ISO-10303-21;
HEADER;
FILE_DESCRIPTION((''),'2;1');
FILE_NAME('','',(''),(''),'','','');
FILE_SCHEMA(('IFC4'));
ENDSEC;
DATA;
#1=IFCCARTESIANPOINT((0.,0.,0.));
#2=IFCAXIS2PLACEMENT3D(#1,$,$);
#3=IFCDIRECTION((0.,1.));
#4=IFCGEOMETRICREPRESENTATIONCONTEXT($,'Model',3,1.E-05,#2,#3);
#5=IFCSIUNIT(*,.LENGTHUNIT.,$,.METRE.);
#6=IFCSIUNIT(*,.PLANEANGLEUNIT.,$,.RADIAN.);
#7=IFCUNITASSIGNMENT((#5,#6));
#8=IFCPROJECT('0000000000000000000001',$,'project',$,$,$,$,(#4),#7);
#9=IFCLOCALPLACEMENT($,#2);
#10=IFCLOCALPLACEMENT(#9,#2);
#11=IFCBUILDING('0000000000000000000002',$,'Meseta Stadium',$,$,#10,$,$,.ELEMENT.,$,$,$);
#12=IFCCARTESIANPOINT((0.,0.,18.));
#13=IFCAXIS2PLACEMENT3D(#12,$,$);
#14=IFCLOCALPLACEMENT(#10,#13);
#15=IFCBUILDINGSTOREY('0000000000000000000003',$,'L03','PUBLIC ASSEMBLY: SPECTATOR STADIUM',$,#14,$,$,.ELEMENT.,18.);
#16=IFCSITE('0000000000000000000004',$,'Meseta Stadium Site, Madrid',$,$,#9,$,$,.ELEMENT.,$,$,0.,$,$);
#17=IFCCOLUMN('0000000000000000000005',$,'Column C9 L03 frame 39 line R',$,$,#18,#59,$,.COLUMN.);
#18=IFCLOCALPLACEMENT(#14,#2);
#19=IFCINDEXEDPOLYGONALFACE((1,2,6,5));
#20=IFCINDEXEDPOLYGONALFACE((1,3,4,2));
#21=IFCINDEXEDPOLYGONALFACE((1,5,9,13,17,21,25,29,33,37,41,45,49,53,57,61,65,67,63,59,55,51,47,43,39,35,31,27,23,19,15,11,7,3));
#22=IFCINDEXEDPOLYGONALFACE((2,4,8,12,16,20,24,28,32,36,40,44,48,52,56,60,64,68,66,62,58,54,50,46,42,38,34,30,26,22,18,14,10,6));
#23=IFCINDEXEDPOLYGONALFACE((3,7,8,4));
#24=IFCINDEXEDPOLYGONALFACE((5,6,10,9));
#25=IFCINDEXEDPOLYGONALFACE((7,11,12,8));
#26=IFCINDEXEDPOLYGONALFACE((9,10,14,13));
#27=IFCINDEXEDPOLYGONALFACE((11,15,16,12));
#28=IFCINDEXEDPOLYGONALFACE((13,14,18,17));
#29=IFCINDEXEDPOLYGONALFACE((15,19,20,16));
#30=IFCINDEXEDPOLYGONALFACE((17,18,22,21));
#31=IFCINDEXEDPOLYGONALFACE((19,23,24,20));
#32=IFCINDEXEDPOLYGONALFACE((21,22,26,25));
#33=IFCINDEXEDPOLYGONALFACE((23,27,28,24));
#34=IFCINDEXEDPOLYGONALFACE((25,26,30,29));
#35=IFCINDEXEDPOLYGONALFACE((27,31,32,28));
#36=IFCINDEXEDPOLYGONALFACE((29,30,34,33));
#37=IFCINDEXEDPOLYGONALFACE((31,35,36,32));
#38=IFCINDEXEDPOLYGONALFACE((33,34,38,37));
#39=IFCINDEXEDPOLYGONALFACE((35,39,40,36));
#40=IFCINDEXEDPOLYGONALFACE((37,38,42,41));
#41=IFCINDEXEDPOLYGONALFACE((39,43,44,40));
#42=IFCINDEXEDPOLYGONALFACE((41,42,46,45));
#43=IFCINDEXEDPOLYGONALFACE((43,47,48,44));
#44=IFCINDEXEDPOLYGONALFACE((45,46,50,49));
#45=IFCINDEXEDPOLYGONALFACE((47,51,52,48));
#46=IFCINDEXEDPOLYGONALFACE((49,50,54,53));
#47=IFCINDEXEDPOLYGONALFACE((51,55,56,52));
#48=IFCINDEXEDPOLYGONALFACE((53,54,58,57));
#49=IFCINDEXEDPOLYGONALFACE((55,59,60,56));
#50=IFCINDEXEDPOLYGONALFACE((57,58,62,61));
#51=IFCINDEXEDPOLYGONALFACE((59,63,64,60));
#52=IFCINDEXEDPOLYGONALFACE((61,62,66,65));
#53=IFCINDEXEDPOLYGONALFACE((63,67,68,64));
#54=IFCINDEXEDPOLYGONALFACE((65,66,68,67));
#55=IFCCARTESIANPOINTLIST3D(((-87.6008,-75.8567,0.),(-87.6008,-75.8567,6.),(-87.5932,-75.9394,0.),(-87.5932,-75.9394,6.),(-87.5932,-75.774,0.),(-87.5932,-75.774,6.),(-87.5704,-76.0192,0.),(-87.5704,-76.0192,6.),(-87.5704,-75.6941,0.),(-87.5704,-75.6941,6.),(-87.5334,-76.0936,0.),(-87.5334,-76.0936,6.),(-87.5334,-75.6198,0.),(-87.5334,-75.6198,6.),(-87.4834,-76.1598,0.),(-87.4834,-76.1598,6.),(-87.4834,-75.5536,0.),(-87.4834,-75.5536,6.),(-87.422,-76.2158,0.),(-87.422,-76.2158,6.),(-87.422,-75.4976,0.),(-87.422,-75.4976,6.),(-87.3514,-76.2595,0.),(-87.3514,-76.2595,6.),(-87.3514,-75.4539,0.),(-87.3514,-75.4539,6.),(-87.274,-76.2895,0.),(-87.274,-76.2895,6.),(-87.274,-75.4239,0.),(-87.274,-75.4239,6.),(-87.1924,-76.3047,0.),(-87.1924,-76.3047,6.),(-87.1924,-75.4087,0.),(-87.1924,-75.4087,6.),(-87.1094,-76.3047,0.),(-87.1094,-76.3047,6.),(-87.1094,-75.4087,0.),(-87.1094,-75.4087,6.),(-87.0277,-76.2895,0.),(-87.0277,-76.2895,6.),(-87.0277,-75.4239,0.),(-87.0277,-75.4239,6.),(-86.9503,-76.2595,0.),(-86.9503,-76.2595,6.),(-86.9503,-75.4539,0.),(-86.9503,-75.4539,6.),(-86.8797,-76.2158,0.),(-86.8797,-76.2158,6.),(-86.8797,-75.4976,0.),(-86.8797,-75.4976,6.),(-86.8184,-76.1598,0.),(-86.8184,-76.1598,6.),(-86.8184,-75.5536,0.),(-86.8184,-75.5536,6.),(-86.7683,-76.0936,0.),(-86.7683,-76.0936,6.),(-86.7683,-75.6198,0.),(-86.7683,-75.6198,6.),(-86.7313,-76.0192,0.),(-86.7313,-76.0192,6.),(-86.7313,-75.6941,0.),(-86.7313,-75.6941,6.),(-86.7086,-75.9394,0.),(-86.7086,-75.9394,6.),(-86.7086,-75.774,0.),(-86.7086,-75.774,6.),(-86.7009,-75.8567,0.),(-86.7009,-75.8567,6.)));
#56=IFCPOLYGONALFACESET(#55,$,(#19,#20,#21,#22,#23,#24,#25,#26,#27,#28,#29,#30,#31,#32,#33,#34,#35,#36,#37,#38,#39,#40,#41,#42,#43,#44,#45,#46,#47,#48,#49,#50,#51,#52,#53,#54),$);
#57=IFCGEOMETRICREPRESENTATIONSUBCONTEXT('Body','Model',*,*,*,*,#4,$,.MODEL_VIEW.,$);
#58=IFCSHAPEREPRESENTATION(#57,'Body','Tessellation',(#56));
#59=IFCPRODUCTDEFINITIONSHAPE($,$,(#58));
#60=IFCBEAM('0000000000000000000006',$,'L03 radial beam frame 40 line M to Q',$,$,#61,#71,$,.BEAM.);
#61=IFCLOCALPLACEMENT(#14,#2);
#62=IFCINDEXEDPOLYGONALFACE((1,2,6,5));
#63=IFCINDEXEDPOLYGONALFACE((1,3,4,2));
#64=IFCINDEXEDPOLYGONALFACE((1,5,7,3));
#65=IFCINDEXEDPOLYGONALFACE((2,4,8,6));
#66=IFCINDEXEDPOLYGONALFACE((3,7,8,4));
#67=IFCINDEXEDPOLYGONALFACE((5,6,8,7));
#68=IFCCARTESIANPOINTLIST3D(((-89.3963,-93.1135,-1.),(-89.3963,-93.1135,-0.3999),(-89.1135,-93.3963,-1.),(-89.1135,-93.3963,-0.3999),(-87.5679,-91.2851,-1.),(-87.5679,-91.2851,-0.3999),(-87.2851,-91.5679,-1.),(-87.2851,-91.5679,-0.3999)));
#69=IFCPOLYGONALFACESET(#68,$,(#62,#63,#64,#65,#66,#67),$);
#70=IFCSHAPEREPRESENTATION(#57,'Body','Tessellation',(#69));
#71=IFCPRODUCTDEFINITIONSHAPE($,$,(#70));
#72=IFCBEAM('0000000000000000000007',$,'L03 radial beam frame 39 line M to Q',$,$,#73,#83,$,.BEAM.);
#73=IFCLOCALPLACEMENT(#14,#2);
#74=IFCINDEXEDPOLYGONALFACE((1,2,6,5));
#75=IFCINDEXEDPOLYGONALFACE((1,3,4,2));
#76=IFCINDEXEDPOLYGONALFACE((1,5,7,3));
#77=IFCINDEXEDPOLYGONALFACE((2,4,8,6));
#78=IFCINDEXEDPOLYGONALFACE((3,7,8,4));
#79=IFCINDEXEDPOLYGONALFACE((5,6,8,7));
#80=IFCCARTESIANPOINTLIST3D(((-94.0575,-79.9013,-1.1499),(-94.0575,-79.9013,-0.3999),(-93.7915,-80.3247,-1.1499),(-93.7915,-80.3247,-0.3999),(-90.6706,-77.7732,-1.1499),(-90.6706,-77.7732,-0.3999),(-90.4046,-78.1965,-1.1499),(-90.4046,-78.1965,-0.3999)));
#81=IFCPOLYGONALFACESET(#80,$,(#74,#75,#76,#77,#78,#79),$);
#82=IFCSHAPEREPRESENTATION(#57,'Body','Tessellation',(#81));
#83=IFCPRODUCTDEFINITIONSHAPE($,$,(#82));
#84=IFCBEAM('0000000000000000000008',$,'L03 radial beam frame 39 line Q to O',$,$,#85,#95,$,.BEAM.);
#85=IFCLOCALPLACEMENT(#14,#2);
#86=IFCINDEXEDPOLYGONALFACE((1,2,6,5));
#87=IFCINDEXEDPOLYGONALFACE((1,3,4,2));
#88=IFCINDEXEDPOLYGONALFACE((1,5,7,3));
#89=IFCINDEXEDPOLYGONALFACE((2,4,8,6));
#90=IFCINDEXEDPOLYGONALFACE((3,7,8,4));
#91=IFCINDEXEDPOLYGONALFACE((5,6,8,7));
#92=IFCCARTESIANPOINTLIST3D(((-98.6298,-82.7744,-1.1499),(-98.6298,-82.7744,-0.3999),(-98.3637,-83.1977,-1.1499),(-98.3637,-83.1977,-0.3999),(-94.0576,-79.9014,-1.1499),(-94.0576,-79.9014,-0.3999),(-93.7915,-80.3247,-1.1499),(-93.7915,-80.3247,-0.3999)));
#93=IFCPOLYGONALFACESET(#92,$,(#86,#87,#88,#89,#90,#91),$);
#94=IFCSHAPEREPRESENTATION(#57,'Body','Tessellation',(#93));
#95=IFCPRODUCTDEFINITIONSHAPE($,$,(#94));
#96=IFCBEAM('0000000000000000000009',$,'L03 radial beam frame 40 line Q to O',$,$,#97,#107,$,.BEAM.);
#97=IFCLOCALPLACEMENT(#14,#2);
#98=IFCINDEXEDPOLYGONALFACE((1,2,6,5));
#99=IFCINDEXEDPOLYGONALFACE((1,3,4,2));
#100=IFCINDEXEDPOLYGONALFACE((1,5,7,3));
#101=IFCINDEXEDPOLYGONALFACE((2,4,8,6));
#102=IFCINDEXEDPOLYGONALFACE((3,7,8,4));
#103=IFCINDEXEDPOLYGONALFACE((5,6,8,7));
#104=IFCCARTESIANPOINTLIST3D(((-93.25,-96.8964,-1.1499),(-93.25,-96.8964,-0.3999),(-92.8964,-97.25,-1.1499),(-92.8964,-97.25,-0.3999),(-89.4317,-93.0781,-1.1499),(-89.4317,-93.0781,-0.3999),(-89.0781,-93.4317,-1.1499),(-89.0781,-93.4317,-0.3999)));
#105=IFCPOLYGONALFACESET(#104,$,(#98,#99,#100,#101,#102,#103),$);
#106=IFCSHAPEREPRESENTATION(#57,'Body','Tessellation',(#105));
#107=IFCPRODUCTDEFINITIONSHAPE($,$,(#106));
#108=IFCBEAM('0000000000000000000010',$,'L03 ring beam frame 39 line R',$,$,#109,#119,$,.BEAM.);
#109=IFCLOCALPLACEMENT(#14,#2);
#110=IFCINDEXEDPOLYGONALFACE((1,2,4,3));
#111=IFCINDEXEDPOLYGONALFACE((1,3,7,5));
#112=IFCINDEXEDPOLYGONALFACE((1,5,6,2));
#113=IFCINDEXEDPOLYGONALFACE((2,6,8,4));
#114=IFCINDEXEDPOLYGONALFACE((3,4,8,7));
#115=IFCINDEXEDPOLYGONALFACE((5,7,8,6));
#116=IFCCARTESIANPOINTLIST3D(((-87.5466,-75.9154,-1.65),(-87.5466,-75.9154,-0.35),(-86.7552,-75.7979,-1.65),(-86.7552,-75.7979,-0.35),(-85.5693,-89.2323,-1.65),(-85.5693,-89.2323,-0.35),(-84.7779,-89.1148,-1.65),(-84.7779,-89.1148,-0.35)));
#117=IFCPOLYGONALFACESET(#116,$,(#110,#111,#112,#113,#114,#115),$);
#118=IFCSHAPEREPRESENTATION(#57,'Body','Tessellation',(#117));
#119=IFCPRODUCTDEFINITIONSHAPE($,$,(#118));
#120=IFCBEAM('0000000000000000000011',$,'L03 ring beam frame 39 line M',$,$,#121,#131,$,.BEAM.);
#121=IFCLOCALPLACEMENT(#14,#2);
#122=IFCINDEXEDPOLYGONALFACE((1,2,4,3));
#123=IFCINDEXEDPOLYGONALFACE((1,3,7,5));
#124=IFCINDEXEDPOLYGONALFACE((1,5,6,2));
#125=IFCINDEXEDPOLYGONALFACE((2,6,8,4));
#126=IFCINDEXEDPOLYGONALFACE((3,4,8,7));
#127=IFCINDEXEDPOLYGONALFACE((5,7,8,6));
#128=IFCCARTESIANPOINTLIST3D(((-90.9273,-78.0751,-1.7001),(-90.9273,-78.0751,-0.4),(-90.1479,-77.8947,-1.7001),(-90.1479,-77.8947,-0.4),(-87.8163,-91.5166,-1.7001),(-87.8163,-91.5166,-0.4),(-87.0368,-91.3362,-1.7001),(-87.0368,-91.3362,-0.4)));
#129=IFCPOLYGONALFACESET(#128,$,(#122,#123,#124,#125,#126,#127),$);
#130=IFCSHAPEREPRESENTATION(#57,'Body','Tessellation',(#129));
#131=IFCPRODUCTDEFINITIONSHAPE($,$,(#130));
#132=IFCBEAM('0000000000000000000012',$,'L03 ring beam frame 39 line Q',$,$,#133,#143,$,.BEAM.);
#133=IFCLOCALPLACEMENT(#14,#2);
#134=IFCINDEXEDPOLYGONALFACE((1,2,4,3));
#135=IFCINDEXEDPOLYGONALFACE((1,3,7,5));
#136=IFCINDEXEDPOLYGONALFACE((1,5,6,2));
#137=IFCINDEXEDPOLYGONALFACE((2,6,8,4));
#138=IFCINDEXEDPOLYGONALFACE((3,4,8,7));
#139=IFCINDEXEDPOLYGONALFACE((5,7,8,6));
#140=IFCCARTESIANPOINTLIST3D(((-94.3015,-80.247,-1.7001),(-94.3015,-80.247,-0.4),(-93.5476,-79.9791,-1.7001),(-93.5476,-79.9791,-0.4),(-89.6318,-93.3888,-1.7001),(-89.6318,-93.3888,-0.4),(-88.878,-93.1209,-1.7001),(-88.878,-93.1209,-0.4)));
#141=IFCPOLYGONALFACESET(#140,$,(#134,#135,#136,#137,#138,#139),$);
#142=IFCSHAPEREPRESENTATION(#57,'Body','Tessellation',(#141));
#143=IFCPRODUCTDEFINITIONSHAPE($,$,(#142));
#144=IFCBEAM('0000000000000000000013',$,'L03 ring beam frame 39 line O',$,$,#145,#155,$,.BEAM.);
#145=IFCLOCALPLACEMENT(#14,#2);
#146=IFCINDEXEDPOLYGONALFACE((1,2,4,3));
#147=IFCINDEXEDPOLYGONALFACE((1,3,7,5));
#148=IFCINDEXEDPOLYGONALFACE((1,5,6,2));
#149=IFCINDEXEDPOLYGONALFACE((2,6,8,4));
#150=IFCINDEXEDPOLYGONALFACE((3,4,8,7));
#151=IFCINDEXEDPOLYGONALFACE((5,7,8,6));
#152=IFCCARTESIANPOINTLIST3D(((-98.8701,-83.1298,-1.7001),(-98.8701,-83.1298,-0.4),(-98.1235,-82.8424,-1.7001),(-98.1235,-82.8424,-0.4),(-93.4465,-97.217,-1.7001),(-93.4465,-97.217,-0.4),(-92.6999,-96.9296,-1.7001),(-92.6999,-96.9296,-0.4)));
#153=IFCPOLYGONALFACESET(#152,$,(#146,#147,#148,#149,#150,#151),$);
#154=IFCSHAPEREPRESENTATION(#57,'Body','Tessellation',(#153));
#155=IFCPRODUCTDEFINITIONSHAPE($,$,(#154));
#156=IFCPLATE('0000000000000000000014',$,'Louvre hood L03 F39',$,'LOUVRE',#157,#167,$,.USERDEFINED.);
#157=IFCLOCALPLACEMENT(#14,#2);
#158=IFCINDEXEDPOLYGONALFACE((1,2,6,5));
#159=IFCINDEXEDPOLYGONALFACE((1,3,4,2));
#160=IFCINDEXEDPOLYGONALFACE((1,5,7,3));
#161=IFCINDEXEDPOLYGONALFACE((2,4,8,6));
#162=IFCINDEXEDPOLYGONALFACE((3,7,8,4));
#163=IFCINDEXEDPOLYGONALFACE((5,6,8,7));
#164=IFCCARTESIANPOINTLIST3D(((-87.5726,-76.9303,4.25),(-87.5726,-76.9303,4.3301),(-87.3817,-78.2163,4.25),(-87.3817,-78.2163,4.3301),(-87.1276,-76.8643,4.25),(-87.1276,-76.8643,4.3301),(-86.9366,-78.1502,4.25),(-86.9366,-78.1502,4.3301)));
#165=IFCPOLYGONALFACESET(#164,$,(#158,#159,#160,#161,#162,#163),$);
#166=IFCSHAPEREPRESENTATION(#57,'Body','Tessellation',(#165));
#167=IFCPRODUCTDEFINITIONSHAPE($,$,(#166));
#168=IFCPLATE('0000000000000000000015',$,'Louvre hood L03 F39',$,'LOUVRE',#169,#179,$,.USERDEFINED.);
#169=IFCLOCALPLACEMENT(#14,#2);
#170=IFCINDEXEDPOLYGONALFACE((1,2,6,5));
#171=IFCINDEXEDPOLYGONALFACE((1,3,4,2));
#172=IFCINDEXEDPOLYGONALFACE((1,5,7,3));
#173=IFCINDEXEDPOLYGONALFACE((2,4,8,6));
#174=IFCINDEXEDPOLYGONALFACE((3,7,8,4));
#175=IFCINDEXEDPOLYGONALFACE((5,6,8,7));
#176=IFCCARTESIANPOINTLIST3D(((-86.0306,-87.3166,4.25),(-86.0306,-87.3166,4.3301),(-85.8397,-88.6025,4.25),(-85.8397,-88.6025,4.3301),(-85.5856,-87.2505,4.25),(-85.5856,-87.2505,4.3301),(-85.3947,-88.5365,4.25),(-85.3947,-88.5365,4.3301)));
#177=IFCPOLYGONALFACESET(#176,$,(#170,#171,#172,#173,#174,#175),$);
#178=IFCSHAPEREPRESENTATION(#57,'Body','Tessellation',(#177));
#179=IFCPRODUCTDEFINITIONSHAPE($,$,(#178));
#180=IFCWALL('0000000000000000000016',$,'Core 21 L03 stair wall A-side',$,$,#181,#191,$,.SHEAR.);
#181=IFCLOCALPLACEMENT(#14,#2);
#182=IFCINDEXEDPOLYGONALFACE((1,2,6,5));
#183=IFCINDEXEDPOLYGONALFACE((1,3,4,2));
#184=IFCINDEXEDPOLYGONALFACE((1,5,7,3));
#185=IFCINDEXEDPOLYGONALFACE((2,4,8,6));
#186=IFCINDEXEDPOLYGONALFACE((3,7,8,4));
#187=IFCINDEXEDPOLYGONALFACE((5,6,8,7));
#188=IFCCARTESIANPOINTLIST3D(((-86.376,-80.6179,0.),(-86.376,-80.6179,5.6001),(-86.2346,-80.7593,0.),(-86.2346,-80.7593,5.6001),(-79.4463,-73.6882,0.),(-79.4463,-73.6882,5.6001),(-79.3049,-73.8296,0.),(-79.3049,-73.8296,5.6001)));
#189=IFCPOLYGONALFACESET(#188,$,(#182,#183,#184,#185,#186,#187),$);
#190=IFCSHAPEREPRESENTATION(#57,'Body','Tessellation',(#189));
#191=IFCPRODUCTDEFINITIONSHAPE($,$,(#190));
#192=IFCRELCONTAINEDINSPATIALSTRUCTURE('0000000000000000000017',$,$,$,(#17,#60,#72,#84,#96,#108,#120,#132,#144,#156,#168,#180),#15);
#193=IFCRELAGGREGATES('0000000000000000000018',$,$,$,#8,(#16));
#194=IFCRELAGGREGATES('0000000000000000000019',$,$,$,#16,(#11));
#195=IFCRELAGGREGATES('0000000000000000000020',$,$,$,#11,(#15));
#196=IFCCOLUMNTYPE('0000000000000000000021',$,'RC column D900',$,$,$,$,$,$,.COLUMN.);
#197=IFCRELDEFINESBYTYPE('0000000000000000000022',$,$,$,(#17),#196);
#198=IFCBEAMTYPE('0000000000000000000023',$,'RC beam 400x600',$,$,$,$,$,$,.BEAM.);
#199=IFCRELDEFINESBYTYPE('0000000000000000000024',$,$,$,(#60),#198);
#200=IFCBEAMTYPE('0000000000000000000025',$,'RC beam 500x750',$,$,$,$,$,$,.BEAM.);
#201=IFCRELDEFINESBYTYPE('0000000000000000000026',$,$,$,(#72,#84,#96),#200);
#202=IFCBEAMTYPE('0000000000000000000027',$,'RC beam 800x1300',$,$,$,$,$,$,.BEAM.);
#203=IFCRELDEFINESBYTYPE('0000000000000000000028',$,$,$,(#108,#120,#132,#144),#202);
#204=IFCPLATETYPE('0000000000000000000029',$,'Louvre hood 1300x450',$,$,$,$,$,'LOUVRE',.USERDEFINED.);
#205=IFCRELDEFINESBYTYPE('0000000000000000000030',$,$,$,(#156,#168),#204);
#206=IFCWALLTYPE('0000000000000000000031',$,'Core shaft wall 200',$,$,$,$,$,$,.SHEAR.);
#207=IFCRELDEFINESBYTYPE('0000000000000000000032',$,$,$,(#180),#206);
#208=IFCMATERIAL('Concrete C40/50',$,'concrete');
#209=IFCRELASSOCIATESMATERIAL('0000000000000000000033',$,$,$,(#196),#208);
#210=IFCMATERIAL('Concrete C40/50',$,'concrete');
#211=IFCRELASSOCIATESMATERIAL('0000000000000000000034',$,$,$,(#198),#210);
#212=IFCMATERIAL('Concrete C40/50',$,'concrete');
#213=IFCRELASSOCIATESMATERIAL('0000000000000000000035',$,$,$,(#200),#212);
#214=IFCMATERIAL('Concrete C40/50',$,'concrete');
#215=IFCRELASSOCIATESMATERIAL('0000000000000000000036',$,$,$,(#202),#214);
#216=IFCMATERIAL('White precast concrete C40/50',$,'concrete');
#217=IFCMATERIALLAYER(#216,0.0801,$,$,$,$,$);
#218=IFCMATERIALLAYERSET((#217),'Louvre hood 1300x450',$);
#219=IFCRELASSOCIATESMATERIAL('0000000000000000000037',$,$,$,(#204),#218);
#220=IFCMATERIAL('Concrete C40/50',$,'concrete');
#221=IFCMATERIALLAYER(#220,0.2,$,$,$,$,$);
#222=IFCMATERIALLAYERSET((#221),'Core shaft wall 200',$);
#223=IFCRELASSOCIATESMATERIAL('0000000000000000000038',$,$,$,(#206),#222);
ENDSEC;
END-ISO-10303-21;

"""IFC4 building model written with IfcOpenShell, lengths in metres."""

from ifc_helpers import new_model, si_unit, direction, frame, frame_2d, origin, origin_2d, place, context, subcontext, project, spatial, rectangle, circle, extrude, material, layer, layer_set, material_profile, profile_set, type_object, element, save


model = new_model("IFC4")

# Units and contexts
model_context = context("Model", 3, precision=1e-05, world=origin(), true_north=direction((0.0, 1.0)))
body_context = subcontext(model_context, "Body", "Model", "MODEL_VIEW")
ifc_project = project(units=[si_unit("LENGTHUNIT", "METRE"), si_unit("PLANEANGLEUNIT", "RADIAN")], contexts=[model_context])

# Site, building, storey
site_placement = place(None, origin())
site = spatial("IfcSite", under=ifc_project, at=site_placement, Name="Meseta Stadium Site, Madrid", CompositionType="ELEMENT", RefElevation=0.0)
building_placement = place(site_placement, origin())
building = spatial("IfcBuilding", under=site, at=building_placement, Name="Meseta Stadium", CompositionType="ELEMENT")
storey_placement = place(building_placement, frame((0.0, 0.0, 18.0)))
storey = spatial("IfcBuildingStorey", under=building, at=storey_placement, Name="L03", Description="PUBLIC ASSEMBLY: SPECTATOR STADIUM", CompositionType="ELEMENT", Elevation=18.0)

# Column
ifc_material_1 = material(Name="Concrete C40/50", Category="concrete")
ifc_material_profile_1 = material_profile(ifc_material_1, circle(Radius=0.45, at=origin_2d()), Name="RC D900")
ifc_profile_set_1 = profile_set([ifc_material_profile_1], Name="Concrete C40/50")
column_type = type_object("IfcColumnType", Name="RC column D900", PredefinedType="COLUMN", material=ifc_profile_set_1)
column_placement = place(storey_placement, frame((-87.1509, -75.8567, 0.0), z_axis=(0.0, 0.0, 1.0), x_axis=(1.0, 0.0, 0.0)))
element("IfcColumn", 1, at=column_placement, inside=storey, type_object=column_type, Name="Column C9 L03 frame 39 line R", PredefinedType="COLUMN", context=body_context, shape_type="SweptSolid", body=[
    extrude(circle(Radius=0.45, at=origin_2d()), origin(), (0.0, 0.0, 1.0), 6.0),
])

# Beams
ifc_material_2 = material(Name="Concrete C40/50", Category="concrete")
ifc_material_profile_2 = material_profile(ifc_material_2, rectangle(XDim=0.3999, YDim=0.6001, at=origin_2d()), Name="RC 400x600")
ifc_profile_set_2 = profile_set([ifc_material_profile_2], Name="Concrete C40/50")
beam_type_1 = type_object("IfcBeamType", Name="RC beam 400x600", PredefinedType="BEAM", material=ifc_profile_set_2)
beam_1_placement = place(storey_placement, frame((-87.4265, -91.4265, -0.7), z_axis=(-0.707107, -0.707107, 0.0), x_axis=(0.707107, -0.707107, 0.0)))
element("IfcBeam", 2, at=beam_1_placement, inside=storey, type_object=beam_type_1, Name="L03 radial beam frame 40 line M to Q", PredefinedType="BEAM", context=body_context, shape_type="SweptSolid", body=[
    extrude(rectangle(XDim=0.3999, YDim=0.6001, at=origin_2d()), origin(), (0.0, 0.0, 1.0), 2.5857),
])
ifc_material_3 = material(Name="Concrete C40/50", Category="concrete")
ifc_material_profile_3 = material_profile(ifc_material_3, rectangle(XDim=0.5, YDim=0.75, at=origin_2d()), Name="RC 500x750")
ifc_profile_set_3 = profile_set([ifc_material_profile_3], Name="Concrete C40/50")
beam_type_2 = type_object("IfcBeamType", Name="RC beam 500x750", PredefinedType="BEAM", material=ifc_profile_set_3)
beam_2_placement = place(storey_placement, frame((-90.5376, -77.9849, -0.7749), z_axis=(-0.846724, -0.532033, 0.0), x_axis=(0.532033, -0.846724, 0.0)))
element("IfcBeam", 3, at=beam_2_placement, inside=storey, type_object=beam_type_2, Name="L03 radial beam frame 39 line M to Q", PredefinedType="BEAM", context=body_context, shape_type="SweptSolid", body=[
    extrude(rectangle(XDim=0.5, YDim=0.75, at=origin_2d()), origin(), (0.0, 0.0, 1.0), 4.0),
])
for number, where, z_axis, x_axis, name in (
    (4, (-93.9246, -80.113, -0.7749), (-0.846716, -0.532046, 0.0), (0.532046, -0.846716, 0.0), "L03 radial beam frame 39 line Q to O"),
    (5, (-89.2549, -93.2549, -0.7749), (-0.707107, -0.707107, 0.0), (0.707107, -0.707107, 0.0), "L03 radial beam frame 40 line Q to O"),
):
    element("IfcBeam", number, at=place(storey_placement, frame(where, z_axis=z_axis, x_axis=x_axis)), inside=storey, type_object=beam_type_2, Name=name, PredefinedType="BEAM", context=body_context, shape_type="SweptSolid", body=[
        extrude(rectangle(XDim=0.5, YDim=0.75, at=origin_2d()), origin(), (0.0, 0.0, 1.0), 5.3999),
    ])
ifc_material_4 = material(Name="Concrete C40/50", Category="concrete")
ifc_material_profile_4 = material_profile(ifc_material_4, rectangle(XDim=0.8, YDim=1.3, at=origin_2d()), Name="RC 800x1300")
ifc_profile_set_4 = profile_set([ifc_material_profile_4], Name="Concrete C40/50")
beam_type_3 = type_object("IfcBeamType", Name="RC beam 800x1300", PredefinedType="BEAM", material=ifc_profile_set_4)
beam_3_placement = place(storey_placement, frame((-87.1509, -75.8567, -1.0), z_axis=(0.14687, -0.989156, 0.0), x_axis=(0.989156, 0.14687, 0.0)))
element("IfcBeam", 6, at=beam_3_placement, inside=storey, type_object=beam_type_3, Name="L03 ring beam frame 39 line R", PredefinedType="BEAM", context=body_context, shape_type="SweptSolid", body=[
    extrude(rectangle(XDim=0.8, YDim=1.3, at=origin_2d()), origin(), (0.0, 0.0, 1.0), 13.4629),
])
beam_4_placement = place(storey_placement, frame((-90.5376, -77.9849, -1.05), z_axis=(0.22549, -0.974245, 0.0), x_axis=(0.974245, 0.22549, 0.0)))
element("IfcBeam", 7, at=beam_4_placement, inside=storey, type_object=beam_type_3, Name="L03 ring beam frame 39 line M", PredefinedType="BEAM", context=body_context, shape_type="SweptSolid", body=[
    extrude(rectangle(XDim=0.8, YDim=1.3, at=origin_2d()), origin(), (0.0, 0.0, 1.0), 13.7969),
])
beam_5_placement = place(storey_placement, frame((-93.9246, -80.113, -1.05), z_axis=(0.33482, -0.942282, 0.0), x_axis=(0.942282, 0.33482, 0.0)))
element("IfcBeam", 8, at=beam_5_placement, inside=storey, type_object=beam_type_3, Name="L03 ring beam frame 39 line Q", PredefinedType="BEAM", context=body_context, shape_type="SweptSolid", body=[
    extrude(rectangle(XDim=0.8, YDim=1.3, at=origin_2d()), origin(), (0.0, 0.0, 1.0), 13.9468),
])
beam_6_placement = place(storey_placement, frame((-98.4968, -82.9861, -1.05), z_axis=(0.359293, -0.933225, 0.0), x_axis=(0.933225, 0.359293, 0.0)))
element("IfcBeam", 9, at=beam_6_placement, inside=storey, type_object=beam_type_3, Name="L03 ring beam frame 39 line O", PredefinedType="BEAM", context=body_context, shape_type="SweptSolid", body=[
    extrude(rectangle(XDim=0.8, YDim=1.3, at=origin_2d()), origin(), (0.0, 0.0, 1.0), 15.0952),
])

# Plates
ifc_material_5 = material(Name="White precast concrete C40/50", Category="concrete")
ifc_layer_1 = layer(ifc_material_5, 0.0801)
ifc_layer_set_1 = layer_set([ifc_layer_1], Name="Louvre hood 1300x450")
plate_type = type_object("IfcPlateType", Name="Louvre hood 1300x450", ElementType="LOUVRE", PredefinedType="USERDEFINED", material=ifc_layer_set_1)
for number, where, z_axis, x_axis, name in (
    (10, (-87.2546, -77.5403, 4.25), (0.0, 0.0, 1.0), (0.146854, -0.989158, 0.0), "Louvre hood L03 F39"),
    (11, (-85.7126, -87.9265, 4.25), (0.0, 0.0, 1.0), (0.146854, -0.989158, 0.0), "Louvre hood L03 F39"),
):
    element("IfcPlate", number, at=place(storey_placement, frame(where, z_axis=z_axis, x_axis=x_axis)), inside=storey, type_object=plate_type, Name=name, ObjectType="LOUVRE", PredefinedType="USERDEFINED", context=body_context, shape_type="SweptSolid", body=[
        extrude(rectangle(XDim=1.3, YDim=0.45, at=origin_2d()), origin(), (0.0, 0.0, 1.0), 0.0801),
    ])

# Wall
ifc_material_6 = material(Name="Concrete C40/50", Category="concrete")
ifc_layer_2 = layer(ifc_material_6, 0.2)
ifc_layer_set_2 = layer_set([ifc_layer_2], Name="Core shaft wall 200")
wall_type_1 = type_object("IfcWallType", Name="Core shaft wall 200", PredefinedType="SHEAR", material=ifc_layer_set_2)
wall_1_placement = place(storey_placement, frame((-86.3052, -80.6885, 0.0), z_axis=(0.0, 0.0, 1.0), x_axis=(0.707107, 0.707107, 0.0)))
element("IfcWall", 12, at=wall_1_placement, inside=storey, type_object=wall_type_1, Name="Core 21 L03 stair wall A-side", PredefinedType="SHEAR", context=body_context, shape_type="SweptSolid", body=[
    extrude(rectangle(XDim=9.8, YDim=0.2, at=frame_2d((4.8999, 0.0))), origin(), (0.0, 0.0, 1.0), 5.6001),
])

save(model, "model.ifc")
